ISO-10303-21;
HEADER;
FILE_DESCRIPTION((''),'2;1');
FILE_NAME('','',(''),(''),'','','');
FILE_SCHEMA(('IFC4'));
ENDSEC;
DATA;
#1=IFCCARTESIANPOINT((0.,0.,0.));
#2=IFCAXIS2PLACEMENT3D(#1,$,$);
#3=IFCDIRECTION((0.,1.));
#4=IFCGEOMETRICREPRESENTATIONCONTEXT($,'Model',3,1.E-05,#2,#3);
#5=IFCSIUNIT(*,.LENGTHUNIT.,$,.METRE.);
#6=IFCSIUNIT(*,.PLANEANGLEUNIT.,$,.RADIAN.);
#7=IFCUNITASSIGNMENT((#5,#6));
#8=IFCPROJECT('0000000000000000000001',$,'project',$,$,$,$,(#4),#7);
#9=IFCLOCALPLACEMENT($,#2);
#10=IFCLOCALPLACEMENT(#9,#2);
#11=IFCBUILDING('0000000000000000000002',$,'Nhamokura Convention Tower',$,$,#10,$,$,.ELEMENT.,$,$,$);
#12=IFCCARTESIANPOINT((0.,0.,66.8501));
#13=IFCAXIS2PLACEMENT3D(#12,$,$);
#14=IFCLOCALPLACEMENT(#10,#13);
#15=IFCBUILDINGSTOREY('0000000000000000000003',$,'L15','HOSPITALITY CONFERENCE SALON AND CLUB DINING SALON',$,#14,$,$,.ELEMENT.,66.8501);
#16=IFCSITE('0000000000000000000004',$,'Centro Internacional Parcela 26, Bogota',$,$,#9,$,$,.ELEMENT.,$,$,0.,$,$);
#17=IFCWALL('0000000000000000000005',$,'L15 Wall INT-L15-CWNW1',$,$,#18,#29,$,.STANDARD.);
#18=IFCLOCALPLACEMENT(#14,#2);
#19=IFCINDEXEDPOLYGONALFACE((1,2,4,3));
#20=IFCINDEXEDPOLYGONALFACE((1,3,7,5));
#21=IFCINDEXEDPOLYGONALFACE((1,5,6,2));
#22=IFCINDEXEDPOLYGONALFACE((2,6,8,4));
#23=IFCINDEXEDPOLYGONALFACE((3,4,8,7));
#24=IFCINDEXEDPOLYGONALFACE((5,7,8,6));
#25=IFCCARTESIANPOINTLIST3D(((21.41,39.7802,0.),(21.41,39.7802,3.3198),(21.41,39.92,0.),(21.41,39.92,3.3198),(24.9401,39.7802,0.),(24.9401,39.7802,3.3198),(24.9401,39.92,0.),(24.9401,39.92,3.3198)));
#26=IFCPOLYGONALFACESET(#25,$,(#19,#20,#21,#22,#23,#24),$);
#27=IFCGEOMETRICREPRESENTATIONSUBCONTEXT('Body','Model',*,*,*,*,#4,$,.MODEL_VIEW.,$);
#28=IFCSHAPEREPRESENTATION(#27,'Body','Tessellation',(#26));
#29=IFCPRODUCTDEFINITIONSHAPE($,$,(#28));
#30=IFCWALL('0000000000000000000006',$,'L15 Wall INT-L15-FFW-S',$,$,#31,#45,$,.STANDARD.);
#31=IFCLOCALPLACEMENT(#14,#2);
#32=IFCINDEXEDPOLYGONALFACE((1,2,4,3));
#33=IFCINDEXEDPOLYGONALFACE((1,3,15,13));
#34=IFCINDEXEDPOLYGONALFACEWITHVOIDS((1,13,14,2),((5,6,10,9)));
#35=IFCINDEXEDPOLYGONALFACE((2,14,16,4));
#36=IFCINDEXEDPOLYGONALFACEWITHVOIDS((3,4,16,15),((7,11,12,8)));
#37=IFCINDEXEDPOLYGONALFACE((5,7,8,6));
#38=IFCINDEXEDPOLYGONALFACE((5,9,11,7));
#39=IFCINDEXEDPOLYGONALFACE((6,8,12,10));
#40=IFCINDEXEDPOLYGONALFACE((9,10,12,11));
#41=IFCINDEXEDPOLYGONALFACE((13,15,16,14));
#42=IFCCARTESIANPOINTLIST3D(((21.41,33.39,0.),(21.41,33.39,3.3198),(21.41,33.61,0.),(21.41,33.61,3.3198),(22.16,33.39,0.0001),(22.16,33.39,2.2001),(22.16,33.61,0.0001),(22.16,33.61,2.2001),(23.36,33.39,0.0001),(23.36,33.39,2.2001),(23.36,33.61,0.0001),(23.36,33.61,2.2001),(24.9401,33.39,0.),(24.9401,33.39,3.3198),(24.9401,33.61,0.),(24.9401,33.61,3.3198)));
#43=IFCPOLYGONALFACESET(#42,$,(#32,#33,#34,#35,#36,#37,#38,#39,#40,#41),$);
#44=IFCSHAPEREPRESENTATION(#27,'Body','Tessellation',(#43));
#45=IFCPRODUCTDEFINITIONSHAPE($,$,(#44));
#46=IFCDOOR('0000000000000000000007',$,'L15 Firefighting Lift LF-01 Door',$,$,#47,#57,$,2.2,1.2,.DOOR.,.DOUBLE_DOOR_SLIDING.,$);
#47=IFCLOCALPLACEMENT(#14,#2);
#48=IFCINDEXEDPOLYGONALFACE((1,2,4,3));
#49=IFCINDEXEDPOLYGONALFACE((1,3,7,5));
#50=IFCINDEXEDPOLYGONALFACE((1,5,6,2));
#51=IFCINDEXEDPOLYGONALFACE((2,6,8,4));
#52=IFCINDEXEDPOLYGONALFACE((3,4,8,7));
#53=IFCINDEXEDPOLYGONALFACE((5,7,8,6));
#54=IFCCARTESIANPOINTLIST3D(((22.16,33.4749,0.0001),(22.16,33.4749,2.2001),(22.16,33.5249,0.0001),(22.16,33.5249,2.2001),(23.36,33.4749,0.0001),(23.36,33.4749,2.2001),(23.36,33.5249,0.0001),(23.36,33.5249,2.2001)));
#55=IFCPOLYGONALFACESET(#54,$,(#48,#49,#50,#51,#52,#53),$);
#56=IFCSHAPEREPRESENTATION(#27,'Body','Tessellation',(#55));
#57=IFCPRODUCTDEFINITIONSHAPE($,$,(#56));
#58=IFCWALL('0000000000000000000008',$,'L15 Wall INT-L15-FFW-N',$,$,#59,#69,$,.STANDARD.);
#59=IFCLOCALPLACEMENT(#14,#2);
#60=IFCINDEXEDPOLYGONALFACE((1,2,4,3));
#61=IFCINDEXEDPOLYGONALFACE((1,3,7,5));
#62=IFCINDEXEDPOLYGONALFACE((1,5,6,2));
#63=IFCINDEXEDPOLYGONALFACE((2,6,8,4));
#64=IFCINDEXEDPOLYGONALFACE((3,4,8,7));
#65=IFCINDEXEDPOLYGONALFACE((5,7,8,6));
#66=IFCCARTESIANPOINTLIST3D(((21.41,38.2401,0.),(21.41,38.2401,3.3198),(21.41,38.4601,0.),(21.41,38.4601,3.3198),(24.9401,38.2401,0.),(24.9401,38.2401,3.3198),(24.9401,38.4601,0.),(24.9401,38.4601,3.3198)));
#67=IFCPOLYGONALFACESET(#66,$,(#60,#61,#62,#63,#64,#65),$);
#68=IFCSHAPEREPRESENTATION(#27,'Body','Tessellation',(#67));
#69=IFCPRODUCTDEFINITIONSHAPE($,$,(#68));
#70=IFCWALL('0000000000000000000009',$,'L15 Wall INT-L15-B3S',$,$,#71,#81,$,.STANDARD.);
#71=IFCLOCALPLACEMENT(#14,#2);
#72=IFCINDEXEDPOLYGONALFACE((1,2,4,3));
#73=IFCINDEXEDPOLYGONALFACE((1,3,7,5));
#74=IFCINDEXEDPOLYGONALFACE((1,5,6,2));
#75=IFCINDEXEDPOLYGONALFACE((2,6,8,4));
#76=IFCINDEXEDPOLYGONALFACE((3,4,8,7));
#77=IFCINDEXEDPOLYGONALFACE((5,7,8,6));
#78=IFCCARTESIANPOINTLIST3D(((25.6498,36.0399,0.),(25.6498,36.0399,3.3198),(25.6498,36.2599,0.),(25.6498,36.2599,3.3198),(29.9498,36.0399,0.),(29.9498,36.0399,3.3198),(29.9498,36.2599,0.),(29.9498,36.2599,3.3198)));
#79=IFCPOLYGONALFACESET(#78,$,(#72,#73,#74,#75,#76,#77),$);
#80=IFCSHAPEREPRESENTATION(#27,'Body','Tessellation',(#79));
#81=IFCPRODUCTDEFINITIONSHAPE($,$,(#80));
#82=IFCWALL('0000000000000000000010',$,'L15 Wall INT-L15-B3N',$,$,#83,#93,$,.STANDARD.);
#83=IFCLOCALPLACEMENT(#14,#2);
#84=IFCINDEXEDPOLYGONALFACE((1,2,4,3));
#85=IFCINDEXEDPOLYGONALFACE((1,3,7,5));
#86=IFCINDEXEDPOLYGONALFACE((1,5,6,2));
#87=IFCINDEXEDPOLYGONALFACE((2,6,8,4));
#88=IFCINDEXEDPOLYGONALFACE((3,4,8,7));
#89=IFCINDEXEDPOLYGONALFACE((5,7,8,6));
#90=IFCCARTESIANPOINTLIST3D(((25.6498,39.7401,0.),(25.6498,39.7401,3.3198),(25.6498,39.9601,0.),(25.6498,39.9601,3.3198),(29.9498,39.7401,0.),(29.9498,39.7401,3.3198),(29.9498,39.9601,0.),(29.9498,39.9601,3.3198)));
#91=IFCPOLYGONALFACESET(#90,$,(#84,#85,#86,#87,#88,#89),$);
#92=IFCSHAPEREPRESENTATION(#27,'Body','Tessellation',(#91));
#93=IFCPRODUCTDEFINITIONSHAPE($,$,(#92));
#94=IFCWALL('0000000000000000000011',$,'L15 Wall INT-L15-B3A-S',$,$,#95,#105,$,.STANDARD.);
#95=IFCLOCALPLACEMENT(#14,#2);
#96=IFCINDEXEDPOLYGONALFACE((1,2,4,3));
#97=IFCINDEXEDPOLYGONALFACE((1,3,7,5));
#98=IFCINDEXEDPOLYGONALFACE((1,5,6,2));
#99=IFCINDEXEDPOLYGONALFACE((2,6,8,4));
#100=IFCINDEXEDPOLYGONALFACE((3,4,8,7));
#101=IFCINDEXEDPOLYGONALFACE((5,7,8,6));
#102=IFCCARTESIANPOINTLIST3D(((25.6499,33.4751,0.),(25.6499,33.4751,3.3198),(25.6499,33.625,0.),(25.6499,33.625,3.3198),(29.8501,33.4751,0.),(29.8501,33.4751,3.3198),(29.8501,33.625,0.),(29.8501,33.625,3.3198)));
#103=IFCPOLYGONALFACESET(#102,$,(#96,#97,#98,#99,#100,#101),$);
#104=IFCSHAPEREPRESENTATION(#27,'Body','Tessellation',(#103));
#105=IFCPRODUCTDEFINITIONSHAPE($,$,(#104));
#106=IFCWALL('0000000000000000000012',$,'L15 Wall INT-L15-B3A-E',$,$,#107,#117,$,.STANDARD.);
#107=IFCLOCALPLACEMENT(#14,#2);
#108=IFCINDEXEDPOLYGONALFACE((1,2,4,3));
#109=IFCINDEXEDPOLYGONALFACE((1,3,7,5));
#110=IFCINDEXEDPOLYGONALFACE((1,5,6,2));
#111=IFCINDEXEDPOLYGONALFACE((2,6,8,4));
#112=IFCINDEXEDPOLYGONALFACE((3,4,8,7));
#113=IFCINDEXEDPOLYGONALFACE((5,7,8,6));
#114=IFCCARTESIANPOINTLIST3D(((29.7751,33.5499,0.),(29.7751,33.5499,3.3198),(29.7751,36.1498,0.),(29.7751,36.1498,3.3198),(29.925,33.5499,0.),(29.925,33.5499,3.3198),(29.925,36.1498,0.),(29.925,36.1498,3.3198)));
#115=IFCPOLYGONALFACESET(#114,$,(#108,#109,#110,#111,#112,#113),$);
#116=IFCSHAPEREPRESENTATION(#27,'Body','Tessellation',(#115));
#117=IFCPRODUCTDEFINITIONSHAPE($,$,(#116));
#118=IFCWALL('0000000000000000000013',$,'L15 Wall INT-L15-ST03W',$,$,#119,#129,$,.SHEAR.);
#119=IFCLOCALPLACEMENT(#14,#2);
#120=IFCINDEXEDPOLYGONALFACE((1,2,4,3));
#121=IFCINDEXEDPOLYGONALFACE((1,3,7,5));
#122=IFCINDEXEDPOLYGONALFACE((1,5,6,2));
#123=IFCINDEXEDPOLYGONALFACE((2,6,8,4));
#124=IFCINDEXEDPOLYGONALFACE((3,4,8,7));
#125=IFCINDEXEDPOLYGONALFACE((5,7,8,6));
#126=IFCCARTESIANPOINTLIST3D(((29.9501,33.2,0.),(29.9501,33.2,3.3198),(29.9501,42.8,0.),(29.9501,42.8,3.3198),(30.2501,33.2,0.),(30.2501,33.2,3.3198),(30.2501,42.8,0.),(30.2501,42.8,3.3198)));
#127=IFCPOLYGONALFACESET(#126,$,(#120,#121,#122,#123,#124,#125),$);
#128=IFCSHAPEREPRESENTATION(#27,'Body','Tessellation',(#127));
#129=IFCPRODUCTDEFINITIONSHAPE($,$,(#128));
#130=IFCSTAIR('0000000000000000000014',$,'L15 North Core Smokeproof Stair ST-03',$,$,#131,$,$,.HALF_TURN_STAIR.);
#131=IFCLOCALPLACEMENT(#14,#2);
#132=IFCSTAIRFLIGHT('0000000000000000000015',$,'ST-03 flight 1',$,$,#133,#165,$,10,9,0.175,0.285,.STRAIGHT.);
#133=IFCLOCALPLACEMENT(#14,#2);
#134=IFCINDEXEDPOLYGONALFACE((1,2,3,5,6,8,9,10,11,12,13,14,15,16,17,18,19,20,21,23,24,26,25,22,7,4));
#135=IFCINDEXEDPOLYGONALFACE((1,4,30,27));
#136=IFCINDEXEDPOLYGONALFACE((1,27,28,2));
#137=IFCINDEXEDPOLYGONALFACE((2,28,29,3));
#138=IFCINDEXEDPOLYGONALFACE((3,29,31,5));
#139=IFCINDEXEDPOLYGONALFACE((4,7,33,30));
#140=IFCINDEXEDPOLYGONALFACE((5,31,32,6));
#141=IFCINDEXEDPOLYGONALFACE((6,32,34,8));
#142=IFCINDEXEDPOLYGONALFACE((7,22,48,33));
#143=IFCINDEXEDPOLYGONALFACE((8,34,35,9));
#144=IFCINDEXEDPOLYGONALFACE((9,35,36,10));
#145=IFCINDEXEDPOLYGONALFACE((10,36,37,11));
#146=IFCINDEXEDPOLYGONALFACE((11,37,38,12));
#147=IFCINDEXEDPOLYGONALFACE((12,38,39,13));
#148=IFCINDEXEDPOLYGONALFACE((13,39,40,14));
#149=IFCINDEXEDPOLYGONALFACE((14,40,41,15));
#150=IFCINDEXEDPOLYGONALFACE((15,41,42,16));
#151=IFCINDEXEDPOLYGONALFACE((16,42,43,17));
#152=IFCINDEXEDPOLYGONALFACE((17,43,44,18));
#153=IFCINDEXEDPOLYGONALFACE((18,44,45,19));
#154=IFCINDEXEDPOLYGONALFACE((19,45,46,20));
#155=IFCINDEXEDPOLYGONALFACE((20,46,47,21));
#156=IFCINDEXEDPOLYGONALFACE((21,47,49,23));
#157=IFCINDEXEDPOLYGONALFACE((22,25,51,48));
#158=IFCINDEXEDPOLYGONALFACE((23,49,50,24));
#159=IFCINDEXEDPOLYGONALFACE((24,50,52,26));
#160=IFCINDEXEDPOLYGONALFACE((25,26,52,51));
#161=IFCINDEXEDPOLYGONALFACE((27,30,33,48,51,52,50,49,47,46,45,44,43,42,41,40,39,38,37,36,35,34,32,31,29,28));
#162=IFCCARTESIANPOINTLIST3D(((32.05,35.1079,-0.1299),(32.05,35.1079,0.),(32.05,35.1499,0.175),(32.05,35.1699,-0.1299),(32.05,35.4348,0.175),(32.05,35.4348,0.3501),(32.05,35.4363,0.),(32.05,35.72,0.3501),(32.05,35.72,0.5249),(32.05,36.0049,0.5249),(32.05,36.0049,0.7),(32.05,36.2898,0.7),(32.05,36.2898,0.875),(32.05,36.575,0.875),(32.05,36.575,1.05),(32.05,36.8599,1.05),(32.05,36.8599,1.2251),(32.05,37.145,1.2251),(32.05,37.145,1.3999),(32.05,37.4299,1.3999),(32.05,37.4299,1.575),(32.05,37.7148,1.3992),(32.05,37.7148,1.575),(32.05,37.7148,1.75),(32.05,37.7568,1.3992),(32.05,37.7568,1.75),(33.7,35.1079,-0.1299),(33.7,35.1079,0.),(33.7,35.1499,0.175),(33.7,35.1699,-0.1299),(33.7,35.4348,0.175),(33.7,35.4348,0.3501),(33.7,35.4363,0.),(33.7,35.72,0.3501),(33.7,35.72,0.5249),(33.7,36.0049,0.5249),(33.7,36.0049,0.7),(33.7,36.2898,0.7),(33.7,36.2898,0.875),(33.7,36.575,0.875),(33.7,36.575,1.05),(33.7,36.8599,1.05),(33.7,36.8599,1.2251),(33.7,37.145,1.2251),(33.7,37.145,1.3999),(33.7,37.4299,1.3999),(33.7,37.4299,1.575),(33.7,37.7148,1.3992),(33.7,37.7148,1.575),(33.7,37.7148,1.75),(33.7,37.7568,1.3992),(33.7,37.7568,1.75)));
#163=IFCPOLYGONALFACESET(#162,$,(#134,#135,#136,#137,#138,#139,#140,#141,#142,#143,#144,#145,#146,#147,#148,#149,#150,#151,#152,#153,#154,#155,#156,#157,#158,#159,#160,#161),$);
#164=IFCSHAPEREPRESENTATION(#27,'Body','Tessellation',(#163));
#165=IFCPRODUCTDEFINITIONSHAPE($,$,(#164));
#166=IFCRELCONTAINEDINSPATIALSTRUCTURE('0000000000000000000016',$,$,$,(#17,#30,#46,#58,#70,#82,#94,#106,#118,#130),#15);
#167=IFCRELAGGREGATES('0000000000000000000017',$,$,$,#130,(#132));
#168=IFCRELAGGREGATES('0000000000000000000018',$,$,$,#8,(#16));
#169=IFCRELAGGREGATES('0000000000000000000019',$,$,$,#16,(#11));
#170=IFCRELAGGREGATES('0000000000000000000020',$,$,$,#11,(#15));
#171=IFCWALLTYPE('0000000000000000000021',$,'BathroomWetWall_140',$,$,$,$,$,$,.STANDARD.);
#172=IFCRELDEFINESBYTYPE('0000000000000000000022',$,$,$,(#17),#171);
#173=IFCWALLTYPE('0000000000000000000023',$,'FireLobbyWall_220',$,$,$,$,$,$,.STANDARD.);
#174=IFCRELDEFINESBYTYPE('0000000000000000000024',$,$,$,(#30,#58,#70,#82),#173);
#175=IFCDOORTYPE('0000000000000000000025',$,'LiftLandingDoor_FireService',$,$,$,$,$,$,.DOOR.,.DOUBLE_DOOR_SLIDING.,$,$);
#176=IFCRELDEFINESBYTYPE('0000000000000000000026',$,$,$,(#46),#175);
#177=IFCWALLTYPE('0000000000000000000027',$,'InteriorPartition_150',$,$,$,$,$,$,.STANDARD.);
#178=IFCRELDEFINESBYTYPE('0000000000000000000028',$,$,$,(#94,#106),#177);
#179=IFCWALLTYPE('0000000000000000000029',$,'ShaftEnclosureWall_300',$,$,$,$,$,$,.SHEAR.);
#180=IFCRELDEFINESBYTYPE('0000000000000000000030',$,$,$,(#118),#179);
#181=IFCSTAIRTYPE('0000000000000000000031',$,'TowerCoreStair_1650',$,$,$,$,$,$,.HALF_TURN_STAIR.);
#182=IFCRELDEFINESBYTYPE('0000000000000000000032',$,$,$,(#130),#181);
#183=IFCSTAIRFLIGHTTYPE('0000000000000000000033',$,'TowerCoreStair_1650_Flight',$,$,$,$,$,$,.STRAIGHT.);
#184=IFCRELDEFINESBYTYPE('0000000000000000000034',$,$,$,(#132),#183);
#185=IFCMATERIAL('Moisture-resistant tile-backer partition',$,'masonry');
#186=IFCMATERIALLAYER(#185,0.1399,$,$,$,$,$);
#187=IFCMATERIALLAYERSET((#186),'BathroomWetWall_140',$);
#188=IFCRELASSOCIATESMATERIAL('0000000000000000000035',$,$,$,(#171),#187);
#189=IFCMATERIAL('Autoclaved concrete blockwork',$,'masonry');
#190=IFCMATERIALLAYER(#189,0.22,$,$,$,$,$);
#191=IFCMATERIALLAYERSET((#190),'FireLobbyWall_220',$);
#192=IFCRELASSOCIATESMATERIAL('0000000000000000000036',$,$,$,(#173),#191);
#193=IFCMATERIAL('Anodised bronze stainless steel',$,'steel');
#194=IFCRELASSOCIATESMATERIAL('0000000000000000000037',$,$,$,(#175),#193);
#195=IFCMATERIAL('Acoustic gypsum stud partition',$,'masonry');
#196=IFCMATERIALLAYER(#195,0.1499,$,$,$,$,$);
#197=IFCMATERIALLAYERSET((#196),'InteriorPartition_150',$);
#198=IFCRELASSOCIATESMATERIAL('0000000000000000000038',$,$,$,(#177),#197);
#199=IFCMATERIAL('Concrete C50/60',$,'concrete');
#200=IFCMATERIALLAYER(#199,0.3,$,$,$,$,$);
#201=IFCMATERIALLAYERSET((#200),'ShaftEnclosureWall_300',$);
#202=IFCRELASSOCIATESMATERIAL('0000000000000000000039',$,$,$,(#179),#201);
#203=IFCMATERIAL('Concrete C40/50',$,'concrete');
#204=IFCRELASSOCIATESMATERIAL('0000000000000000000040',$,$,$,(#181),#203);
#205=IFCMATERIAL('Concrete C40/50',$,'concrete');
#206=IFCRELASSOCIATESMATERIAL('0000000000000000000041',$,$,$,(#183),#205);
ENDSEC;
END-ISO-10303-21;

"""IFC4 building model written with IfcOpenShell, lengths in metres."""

from ifc_helpers import new_model, si_unit, direction, frame, frame_2d, origin, place, context, subcontext, project, spatial, polyline, rectangle, outline, extrude, material, layer, layer_set, type_object, element, fill, aggregate, save


model = new_model("IFC4")

# Units and contexts
model_context = context("Model", 3, precision=1e-05, world=origin(), true_north=direction((0.0, 1.0)))
body_context = subcontext(model_context, "Body", "Model", "MODEL_VIEW")
ifc_project = project(units=[si_unit("LENGTHUNIT", "METRE"), si_unit("PLANEANGLEUNIT", "RADIAN")], contexts=[model_context])

# Site, building, storey
site_placement = place(None, origin())
site = spatial("IfcSite", under=ifc_project, at=site_placement, Name="Centro Internacional Parcela 26, Bogota", CompositionType="ELEMENT", RefElevation=0.0)
building_placement = place(site_placement, origin())
building = spatial("IfcBuilding", under=site, at=building_placement, Name="Nhamokura Convention Tower", CompositionType="ELEMENT")
storey_placement = place(building_placement, frame((0.0, 0.0, 66.8501)))
storey = spatial("IfcBuildingStorey", under=building, at=storey_placement, Name="L15", Description="HOSPITALITY CONFERENCE SALON AND CLUB DINING SALON", CompositionType="ELEMENT", Elevation=66.8501)

# Wall
ifc_material_1 = material(Name="Moisture-resistant tile-backer partition", Category="masonry")
ifc_layer_1 = layer(ifc_material_1, 0.1399)
ifc_layer_set_1 = layer_set([ifc_layer_1], Name="BathroomWetWall_140")
wall_type_1 = type_object("IfcWallType", Name="BathroomWetWall_140", PredefinedType="STANDARD", material=ifc_layer_set_1)
wall_1_placement = place(storey_placement, frame((21.4099, 39.8501, 0.0), z_axis=(0.0, 0.0, 1.0), x_axis=(1.0, 0.0, 0.0)))
element("IfcWall", 1, at=wall_1_placement, inside=storey, type_object=wall_type_1, Name="L15 Wall INT-L15-CWNW1", PredefinedType="STANDARD", context=body_context, shape_type="SweptSolid", body=[
    extrude(rectangle(XDim=3.53, YDim=0.1399, at=frame_2d((1.7651, 0.0))), origin(), (0.0, 0.0, 1.0), 3.3198),
])

# Wall, opening, door
ifc_material_2 = material(Name="Autoclaved concrete blockwork", Category="masonry")
ifc_layer_2 = layer(ifc_material_2, 0.22)
ifc_layer_set_2 = layer_set([ifc_layer_2], Name="FireLobbyWall_220")
wall_type_2 = type_object("IfcWallType", Name="FireLobbyWall_220", PredefinedType="STANDARD", material=ifc_layer_set_2)
wall_2_placement = place(storey_placement, frame((21.4099, 33.5, 0.0), z_axis=(0.0, 0.0, 1.0), x_axis=(1.0, 0.0, 0.0)))
wall_2 = element("IfcWall", 2, at=wall_2_placement, inside=storey, type_object=wall_type_2, Name="L15 Wall INT-L15-FFW-S", PredefinedType="STANDARD", context=body_context, shape_type="SweptSolid", body=[
    extrude(rectangle(XDim=3.53, YDim=0.22, at=frame_2d((1.7651, 0.0))), origin(), (0.0, 0.0, 1.0), 3.3198),
])
opening_1_placement = place(wall_2_placement, frame((0.75, 0.0, 0.0)))
opening_1 = element("IfcOpeningElement", 3, at=opening_1_placement, cuts=wall_2, PredefinedType="OPENING", context=body_context, shape_type="SweptSolid", body=[
    extrude(rectangle(XDim=1.2, YDim=2.2, at=frame_2d((0.6001, 1.1001))), frame((0.0, 0.1199, 0.0), z_axis=(0.0, -1.0, 0.0), x_axis=(1.0, 0.0, 0.0)), (0.0, 0.0, 1.0), 0.24),
])
ifc_material_3 = material(Name="Anodised bronze stainless steel", Category="steel")
door_type_1 = type_object("IfcDoorType", Name="LiftLandingDoor_FireService", OperationType="DOUBLE_DOOR_SLIDING", PredefinedType="DOOR", material=ifc_material_3)
door_1_placement = place(opening_1_placement, origin())
door_1 = element("IfcDoor", 4, at=door_1_placement, inside=storey, type_object=door_type_1, Name="L15 Firefighting Lift LF-01 Door", OperationType="DOUBLE_DOOR_SLIDING", OverallHeight=2.2, OverallWidth=1.2, PredefinedType="DOOR", context=body_context, shape_type="SweptSolid", body=[
    extrude(rectangle(XDim=1.2, YDim=2.2, at=frame_2d((0.6001, 1.1001))), frame((0.0, 0.0249, 0.0), z_axis=(0.0, -1.0, 0.0), x_axis=(1.0, 0.0, 0.0)), (0.0, 0.0, 1.0), 0.05),
])
fill(opening_1, door_1)

# Walls
wall_3_placement = place(storey_placement, frame((21.4099, 38.3501, 0.0), z_axis=(0.0, 0.0, 1.0), x_axis=(1.0, 0.0, 0.0)))
element("IfcWall", 5, at=wall_3_placement, inside=storey, type_object=wall_type_2, Name="L15 Wall INT-L15-FFW-N", PredefinedType="STANDARD", context=body_context, shape_type="SweptSolid", body=[
    extrude(rectangle(XDim=3.53, YDim=0.22, at=frame_2d((1.7651, 0.0))), origin(), (0.0, 0.0, 1.0), 3.3198),
])
for number, where, z_axis, x_axis, name in (
    (6, (25.6499, 36.1499, 0.0), (0.0, 0.0, 1.0), (1.0, 0.0, 0.0), "L15 Wall INT-L15-B3S"),
    (7, (25.6499, 39.8501, 0.0), (0.0, 0.0, 1.0), (1.0, 0.0, 0.0), "L15 Wall INT-L15-B3N"),
):
    element("IfcWall", number, at=place(storey_placement, frame(where, z_axis=z_axis, x_axis=x_axis)), inside=storey, type_object=wall_type_2, Name=name, PredefinedType="STANDARD", context=body_context, shape_type="SweptSolid", body=[
        extrude(rectangle(XDim=4.3, YDim=0.22, at=frame_2d((2.1499, 0.0))), origin(), (0.0, 0.0, 1.0), 3.3198),
    ])
ifc_material_4 = material(Name="Acoustic gypsum stud partition", Category="masonry")
ifc_layer_3 = layer(ifc_material_4, 0.1499)
ifc_layer_set_3 = layer_set([ifc_layer_3], Name="InteriorPartition_150")
wall_type_3 = type_object("IfcWallType", Name="InteriorPartition_150", PredefinedType="STANDARD", material=ifc_layer_set_3)
wall_4_placement = place(storey_placement, frame((25.6499, 33.55, 0.0), z_axis=(0.0, 0.0, 1.0), x_axis=(1.0, 0.0, 0.0)))
element("IfcWall", 8, at=wall_4_placement, inside=storey, type_object=wall_type_3, Name="L15 Wall INT-L15-B3A-S", PredefinedType="STANDARD", context=body_context, shape_type="SweptSolid", body=[
    extrude(rectangle(XDim=4.2002, YDim=0.1499, at=frame_2d((2.1001, 0.0))), origin(), (0.0, 0.0, 1.0), 3.3198),
])
wall_5_placement = place(storey_placement, frame((29.8501, 33.55, 0.0), z_axis=(0.0, 0.0, 1.0), x_axis=(0.0, 1.0, 0.0)))
element("IfcWall", 9, at=wall_5_placement, inside=storey, type_object=wall_type_3, Name="L15 Wall INT-L15-B3A-E", PredefinedType="STANDARD", context=body_context, shape_type="SweptSolid", body=[
    extrude(rectangle(XDim=2.5999, YDim=0.1499, at=frame_2d((1.2998, 0.0))), origin(), (0.0, 0.0, 1.0), 3.3198),
])
ifc_material_5 = material(Name="Concrete C50/60", Category="concrete")
ifc_layer_4 = layer(ifc_material_5, 0.3)
ifc_layer_set_4 = layer_set([ifc_layer_4], Name="ShaftEnclosureWall_300")
wall_type_4 = type_object("IfcWallType", Name="ShaftEnclosureWall_300", PredefinedType="SHEAR", material=ifc_layer_set_4)
wall_6_placement = place(storey_placement, frame((30.1001, 33.2, 0.0), z_axis=(0.0, 0.0, 1.0), x_axis=(0.0, 1.0, 0.0)))
element("IfcWall", 10, at=wall_6_placement, inside=storey, type_object=wall_type_4, Name="L15 Wall INT-L15-ST03W", PredefinedType="SHEAR", context=body_context, shape_type="SweptSolid", body=[
    extrude(rectangle(XDim=9.6001, YDim=0.3, at=frame_2d((4.8, 0.0))), origin(), (0.0, 0.0, 1.0), 3.3198),
])

# Stair, stair flight
ifc_material_6 = material(Name="Concrete C40/50", Category="concrete")
stair_type = type_object("IfcStairType", Name="TowerCoreStair_1650", PredefinedType="HALF_TURN_STAIR", material=ifc_material_6)
stair_placement = place(storey_placement, origin())
stair = element("IfcStair", 11, at=stair_placement, inside=storey, type_object=stair_type, Name="L15 North Core Smokeproof Stair ST-03", PredefinedType="HALF_TURN_STAIR")
ifc_material_7 = material(Name="Concrete C40/50", Category="concrete")
stair_flight_type = type_object("IfcStairFlightType", Name="TowerCoreStair_1650_Flight", PredefinedType="STRAIGHT", material=ifc_material_7)
stair_flight_1_placement = place(storey_placement, frame((32.875, 35.1499, 0.0), z_axis=(0.0, 0.0, 1.0), x_axis=(0.0, 1.0, 0.0)))
stair_flight_1 = element("IfcStairFlight", 12, at=stair_flight_1_placement, type_object=stair_flight_type, Name="ST-03 flight 1", NumberOfRisers=10, NumberOfTreads=9, PredefinedType="STRAIGHT", RiserHeight=0.175, TreadLength=0.285, context=body_context, shape_type="SweptSolid", body=[
    extrude(outline(polyline([(-0.042, 0.0), (0.0, 0.175), (0.2849, 0.175), (0.2849, 0.3501), (0.5701, 0.3501), (0.5701, 0.5249), (0.855, 0.5249), (0.855, 0.7), (1.1399, 0.7), (1.1399, 0.875), (1.425, 0.875), (1.425, 1.05), (1.71, 1.05), (1.71, 1.2251), (1.9951, 1.2251), (1.9951, 1.3999), (2.28, 1.3999), (2.28, 1.575), (2.5649, 1.575), (2.5649, 1.75), (2.6069, 1.75), (2.6069, 1.3992), (2.5649, 1.3992), (0.2864, 0.0), (0.02, -0.1299), (-0.042, -0.1299), (-0.042, 0.0)])), frame((0.0, 0.825, 0.0), z_axis=(0.0, -1.0, 0.0), x_axis=(1.0, 0.0, 0.0)), (0.0, 0.0, 1.0), 1.6499),
])
aggregate(stair, [stair_flight_1])

save(model, "model.ifc")
